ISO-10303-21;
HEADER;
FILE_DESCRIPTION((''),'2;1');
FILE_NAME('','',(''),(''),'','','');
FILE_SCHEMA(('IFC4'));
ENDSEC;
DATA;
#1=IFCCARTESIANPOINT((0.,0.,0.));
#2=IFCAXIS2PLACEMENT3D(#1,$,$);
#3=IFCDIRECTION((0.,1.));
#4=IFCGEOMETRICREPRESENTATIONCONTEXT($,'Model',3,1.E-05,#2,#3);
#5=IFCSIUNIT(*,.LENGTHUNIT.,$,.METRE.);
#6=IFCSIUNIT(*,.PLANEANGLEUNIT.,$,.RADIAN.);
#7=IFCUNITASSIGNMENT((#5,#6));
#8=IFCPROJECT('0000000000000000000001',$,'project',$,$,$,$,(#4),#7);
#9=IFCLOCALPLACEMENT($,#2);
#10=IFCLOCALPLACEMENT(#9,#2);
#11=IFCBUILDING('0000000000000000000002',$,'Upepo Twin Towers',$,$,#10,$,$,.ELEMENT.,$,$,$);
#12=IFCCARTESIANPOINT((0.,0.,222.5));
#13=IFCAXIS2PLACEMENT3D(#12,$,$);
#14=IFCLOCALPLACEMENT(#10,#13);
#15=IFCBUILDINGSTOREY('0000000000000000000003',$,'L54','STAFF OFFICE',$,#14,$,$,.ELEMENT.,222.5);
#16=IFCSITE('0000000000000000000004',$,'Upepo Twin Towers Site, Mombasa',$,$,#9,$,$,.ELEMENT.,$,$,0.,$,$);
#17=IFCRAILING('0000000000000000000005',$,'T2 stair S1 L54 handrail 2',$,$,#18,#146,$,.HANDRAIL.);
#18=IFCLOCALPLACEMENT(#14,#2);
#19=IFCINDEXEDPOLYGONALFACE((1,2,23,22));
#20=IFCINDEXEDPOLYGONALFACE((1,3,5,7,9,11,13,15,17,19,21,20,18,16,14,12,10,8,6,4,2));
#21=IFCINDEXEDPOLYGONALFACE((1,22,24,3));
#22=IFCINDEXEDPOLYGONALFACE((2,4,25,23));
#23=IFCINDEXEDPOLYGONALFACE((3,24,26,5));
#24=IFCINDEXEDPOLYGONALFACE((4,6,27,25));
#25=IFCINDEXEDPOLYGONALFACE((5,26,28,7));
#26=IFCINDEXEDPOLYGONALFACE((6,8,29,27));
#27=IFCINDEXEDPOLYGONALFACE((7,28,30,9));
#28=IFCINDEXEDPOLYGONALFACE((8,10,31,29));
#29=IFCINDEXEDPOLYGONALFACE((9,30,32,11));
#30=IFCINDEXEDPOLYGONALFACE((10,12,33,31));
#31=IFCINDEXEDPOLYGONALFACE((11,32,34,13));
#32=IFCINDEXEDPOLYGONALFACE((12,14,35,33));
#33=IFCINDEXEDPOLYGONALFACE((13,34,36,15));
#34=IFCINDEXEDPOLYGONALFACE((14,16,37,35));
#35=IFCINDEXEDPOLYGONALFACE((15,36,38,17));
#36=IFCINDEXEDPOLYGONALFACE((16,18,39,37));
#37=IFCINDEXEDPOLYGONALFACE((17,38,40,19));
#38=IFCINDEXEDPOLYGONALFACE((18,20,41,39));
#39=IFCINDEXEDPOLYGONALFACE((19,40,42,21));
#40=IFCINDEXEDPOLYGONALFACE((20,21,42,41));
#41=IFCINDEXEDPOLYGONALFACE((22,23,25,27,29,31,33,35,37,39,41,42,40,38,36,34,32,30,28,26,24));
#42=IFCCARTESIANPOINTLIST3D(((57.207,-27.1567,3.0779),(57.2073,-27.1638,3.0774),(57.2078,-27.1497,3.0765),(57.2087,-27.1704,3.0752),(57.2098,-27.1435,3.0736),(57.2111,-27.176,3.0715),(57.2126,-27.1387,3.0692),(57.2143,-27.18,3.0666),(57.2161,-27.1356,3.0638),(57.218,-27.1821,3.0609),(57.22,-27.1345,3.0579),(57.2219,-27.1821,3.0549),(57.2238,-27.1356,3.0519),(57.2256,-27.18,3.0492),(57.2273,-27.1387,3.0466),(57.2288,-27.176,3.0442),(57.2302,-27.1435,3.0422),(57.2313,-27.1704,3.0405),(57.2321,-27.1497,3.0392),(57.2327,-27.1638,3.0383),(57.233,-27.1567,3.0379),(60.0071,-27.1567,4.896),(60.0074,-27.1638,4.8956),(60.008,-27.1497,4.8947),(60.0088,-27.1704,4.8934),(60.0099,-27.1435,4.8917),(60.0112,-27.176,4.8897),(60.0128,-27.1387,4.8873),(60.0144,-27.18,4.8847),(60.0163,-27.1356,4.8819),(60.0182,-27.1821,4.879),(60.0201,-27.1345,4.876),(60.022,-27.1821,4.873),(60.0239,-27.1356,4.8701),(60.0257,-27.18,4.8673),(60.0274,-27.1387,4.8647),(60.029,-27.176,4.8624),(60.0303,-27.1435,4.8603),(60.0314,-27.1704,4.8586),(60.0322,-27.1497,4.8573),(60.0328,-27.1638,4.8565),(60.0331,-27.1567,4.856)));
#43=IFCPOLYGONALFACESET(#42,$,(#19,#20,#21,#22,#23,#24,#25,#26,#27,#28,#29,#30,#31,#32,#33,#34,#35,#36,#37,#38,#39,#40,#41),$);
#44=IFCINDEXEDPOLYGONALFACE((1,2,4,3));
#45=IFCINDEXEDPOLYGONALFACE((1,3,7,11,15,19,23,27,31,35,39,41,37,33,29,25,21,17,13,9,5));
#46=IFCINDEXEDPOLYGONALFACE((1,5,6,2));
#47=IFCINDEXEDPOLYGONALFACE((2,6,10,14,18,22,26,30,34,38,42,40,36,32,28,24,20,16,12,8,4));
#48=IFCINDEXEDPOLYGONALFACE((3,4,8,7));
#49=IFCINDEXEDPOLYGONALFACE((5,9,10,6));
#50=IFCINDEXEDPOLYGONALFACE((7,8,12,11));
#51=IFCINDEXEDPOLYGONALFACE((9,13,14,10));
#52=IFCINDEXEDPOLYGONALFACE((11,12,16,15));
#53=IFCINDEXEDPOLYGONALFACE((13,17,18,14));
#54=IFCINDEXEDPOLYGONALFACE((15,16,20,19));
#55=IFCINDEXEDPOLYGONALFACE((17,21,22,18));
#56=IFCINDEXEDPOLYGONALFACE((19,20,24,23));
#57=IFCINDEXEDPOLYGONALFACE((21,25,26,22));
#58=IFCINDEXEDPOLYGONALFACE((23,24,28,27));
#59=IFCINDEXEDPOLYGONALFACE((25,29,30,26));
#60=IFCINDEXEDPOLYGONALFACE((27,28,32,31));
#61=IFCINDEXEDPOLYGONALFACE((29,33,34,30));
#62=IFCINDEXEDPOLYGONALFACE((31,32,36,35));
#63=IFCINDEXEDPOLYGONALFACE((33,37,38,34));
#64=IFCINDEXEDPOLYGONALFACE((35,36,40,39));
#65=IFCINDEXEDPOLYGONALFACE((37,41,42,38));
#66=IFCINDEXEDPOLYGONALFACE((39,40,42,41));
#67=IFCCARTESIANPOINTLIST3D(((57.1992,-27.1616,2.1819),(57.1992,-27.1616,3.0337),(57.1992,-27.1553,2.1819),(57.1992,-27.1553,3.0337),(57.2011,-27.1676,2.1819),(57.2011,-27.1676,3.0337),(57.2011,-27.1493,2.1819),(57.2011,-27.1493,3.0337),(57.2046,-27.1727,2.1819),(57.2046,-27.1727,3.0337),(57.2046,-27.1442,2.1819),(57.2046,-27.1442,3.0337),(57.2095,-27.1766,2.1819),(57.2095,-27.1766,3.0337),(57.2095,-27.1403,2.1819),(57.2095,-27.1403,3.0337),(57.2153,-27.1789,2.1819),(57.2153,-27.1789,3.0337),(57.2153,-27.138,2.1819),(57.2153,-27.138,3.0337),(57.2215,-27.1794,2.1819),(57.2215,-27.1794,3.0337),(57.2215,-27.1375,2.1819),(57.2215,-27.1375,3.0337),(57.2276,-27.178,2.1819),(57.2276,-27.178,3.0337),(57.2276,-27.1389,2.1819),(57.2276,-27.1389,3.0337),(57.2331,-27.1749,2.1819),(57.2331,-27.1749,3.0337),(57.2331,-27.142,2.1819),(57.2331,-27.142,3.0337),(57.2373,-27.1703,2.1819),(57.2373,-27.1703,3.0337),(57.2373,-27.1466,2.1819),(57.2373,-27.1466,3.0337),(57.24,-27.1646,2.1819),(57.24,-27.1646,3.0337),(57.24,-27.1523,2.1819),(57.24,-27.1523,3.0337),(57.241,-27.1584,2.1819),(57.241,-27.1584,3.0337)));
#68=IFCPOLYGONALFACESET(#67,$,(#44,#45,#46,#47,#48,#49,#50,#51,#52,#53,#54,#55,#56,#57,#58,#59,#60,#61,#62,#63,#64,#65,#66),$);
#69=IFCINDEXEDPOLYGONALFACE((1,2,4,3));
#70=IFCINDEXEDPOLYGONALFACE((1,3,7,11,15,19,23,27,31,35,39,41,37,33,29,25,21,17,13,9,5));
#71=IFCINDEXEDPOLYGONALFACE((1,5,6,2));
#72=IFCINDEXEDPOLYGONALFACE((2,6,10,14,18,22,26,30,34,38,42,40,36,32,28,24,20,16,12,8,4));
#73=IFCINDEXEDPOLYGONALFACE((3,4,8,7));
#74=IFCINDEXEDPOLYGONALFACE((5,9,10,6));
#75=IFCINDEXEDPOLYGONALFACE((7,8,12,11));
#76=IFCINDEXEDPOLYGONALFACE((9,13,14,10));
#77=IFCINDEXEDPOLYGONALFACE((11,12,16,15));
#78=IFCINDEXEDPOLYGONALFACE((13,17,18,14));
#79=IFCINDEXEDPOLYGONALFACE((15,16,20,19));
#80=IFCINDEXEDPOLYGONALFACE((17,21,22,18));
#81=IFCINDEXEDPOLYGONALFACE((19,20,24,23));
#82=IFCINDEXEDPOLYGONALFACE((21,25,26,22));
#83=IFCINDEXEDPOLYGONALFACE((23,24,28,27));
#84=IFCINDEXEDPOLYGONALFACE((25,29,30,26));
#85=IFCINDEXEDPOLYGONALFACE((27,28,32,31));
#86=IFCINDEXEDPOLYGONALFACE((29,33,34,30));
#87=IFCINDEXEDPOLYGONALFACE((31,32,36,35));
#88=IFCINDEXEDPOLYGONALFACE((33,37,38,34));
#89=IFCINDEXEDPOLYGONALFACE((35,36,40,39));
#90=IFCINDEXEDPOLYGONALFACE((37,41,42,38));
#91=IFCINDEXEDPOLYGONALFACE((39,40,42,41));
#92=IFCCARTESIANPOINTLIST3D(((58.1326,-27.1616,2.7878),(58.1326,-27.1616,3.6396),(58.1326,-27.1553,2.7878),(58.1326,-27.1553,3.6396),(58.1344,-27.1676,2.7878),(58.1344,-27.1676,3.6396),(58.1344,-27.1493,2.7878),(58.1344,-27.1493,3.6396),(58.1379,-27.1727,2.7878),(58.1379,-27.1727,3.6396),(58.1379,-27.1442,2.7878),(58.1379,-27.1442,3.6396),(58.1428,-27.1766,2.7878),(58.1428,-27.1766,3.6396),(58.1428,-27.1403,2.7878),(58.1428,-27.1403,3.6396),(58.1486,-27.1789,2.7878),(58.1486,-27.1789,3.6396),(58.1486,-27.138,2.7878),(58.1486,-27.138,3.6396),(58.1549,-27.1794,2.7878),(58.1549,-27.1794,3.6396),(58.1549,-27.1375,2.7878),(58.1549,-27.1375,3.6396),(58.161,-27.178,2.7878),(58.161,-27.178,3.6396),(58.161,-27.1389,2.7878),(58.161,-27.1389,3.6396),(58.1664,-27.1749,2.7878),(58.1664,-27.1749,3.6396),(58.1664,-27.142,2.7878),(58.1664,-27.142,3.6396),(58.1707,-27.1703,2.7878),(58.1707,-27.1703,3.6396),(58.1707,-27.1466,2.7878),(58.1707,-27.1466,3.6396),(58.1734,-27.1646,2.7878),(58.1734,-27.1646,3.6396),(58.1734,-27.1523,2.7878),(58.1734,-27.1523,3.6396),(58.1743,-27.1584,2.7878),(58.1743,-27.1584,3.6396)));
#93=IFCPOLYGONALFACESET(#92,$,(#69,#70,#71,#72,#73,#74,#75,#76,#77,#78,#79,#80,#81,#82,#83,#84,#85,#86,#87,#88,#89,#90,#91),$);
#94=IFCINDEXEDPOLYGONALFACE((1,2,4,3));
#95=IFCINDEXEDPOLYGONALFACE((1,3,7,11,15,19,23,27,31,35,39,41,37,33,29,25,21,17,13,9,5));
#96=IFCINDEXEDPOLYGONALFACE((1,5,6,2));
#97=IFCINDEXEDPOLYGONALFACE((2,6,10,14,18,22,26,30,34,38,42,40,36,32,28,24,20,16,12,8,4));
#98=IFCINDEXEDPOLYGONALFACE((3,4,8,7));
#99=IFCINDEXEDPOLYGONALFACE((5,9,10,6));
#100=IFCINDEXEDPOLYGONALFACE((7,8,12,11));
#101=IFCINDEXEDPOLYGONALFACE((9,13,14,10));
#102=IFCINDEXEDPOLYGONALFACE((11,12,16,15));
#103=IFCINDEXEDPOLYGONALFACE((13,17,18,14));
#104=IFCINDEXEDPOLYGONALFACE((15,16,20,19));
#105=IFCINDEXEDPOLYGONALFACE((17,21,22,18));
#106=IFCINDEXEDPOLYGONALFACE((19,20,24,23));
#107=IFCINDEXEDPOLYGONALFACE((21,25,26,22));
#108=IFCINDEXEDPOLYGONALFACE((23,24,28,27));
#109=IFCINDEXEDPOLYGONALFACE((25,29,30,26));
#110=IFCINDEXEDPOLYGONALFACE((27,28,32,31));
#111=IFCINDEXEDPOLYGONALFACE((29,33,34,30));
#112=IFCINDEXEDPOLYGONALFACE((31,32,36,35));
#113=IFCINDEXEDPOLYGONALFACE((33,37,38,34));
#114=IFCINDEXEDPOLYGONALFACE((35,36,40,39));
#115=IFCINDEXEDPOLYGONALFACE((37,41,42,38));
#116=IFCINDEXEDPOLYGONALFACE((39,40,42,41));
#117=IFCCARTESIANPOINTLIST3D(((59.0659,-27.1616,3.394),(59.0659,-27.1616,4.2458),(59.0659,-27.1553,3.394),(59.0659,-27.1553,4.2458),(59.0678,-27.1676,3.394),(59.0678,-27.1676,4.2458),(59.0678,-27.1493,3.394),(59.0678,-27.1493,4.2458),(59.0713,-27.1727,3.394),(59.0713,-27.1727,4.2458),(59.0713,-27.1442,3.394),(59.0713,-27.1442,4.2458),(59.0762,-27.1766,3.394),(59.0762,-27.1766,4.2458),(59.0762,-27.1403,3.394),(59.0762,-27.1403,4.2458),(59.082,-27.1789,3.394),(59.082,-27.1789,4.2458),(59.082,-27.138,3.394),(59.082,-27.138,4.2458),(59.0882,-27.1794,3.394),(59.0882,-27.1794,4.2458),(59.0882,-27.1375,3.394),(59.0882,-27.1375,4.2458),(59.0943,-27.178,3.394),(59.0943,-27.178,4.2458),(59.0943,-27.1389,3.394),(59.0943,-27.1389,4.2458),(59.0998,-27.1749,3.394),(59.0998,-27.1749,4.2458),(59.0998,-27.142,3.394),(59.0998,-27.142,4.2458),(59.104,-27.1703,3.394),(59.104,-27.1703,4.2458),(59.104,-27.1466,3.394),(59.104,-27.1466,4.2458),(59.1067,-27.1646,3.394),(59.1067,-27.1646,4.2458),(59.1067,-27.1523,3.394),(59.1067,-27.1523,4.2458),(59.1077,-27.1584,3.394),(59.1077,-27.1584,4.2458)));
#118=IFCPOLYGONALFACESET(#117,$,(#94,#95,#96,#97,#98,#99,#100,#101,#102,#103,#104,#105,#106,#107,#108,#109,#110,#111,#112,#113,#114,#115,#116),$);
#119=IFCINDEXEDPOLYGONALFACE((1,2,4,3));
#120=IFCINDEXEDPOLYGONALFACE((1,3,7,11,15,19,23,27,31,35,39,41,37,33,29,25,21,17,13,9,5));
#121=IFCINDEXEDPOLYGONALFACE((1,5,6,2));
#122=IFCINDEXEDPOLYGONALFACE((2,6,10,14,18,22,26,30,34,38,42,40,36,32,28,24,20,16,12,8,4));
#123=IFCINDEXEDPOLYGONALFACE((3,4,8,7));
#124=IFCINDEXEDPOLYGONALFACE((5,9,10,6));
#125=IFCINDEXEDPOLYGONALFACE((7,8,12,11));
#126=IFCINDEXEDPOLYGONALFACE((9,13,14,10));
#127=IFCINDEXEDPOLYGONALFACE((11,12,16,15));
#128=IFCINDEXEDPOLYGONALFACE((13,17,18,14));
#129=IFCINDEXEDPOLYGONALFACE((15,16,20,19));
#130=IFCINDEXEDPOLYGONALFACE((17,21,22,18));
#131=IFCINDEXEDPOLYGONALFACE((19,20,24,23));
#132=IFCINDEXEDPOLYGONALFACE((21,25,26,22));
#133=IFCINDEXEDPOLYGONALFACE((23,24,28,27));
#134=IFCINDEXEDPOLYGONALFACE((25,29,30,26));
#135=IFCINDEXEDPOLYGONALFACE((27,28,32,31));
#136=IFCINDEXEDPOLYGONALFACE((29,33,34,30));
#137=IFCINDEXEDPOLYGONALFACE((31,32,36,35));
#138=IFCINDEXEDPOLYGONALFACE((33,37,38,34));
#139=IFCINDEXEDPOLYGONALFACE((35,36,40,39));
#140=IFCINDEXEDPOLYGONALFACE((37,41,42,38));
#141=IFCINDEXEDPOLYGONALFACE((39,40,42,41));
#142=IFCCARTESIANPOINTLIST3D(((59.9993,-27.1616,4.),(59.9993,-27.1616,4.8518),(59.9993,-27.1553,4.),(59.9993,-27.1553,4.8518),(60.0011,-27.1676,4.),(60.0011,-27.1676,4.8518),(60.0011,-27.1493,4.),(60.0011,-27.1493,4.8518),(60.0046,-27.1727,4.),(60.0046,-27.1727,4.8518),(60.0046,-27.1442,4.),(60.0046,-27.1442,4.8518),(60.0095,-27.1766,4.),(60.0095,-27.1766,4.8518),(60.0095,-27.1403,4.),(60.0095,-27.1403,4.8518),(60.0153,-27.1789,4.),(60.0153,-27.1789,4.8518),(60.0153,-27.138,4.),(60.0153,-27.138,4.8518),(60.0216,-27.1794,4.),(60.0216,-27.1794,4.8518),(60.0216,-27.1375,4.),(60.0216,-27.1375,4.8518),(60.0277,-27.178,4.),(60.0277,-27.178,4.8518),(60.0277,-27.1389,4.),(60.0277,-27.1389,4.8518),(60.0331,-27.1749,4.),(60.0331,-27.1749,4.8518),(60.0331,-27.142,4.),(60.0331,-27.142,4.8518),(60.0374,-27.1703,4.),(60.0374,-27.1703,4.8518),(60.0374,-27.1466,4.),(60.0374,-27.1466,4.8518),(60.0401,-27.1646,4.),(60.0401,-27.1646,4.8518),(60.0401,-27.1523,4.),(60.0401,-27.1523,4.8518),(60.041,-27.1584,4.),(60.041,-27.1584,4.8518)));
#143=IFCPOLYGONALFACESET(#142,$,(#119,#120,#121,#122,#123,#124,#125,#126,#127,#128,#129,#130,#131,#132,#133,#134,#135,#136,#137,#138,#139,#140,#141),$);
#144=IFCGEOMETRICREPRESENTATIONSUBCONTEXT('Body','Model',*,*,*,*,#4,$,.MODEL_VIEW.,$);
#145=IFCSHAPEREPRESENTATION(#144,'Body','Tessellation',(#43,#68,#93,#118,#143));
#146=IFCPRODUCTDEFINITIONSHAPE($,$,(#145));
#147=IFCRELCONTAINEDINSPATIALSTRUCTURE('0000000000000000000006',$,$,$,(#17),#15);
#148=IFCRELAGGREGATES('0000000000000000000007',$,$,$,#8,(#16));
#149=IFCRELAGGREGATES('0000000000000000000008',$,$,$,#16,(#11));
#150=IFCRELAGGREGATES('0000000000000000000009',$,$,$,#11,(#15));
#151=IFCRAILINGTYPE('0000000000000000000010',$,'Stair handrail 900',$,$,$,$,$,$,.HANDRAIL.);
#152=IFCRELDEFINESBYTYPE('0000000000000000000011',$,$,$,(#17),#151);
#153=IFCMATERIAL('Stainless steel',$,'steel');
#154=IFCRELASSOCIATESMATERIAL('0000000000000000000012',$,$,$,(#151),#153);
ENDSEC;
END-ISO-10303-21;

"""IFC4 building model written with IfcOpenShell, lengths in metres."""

from ifc_helpers import new_model, si_unit, direction, frame, origin, origin_2d, place, context, subcontext, project, spatial, circle, extrude, material, type_object, element, save


model = new_model("IFC4")

# Units and contexts
model_context = context("Model", 3, precision=1e-05, world=origin(), true_north=direction((0.0, 1.0)))
body_context = subcontext(model_context, "Body", "Model", "MODEL_VIEW")
ifc_project = project(units=[si_unit("LENGTHUNIT", "METRE"), si_unit("PLANEANGLEUNIT", "RADIAN")], contexts=[model_context])

# Site, building, storey
site_placement = place(None, origin())
site = spatial("IfcSite", under=ifc_project, at=site_placement, Name="Upepo Twin Towers Site, Mombasa", CompositionType="ELEMENT", RefElevation=0.0)
building_placement = place(site_placement, origin())
building = spatial("IfcBuilding", under=site, at=building_placement, Name="Upepo Twin Towers", CompositionType="ELEMENT")
storey_placement = place(building_placement, frame((0.0, 0.0, 222.5)))
storey = spatial("IfcBuildingStorey", under=building, at=storey_placement, Name="L54", Description="STAFF OFFICE", CompositionType="ELEMENT", Elevation=222.5)

# Railing
ifc_material_1 = material(Name="Stainless steel", Category="steel")
railing_type = type_object("IfcRailingType", Name="Stair handrail 900", PredefinedType="HANDRAIL", material=ifc_material_1)
railing_1_placement = place(storey_placement, frame((57.22, -27.1584, 2.1819)))
element("IfcRailing", 1, at=railing_1_placement, inside=storey, type_object=railing_type, Name="T2 stair S1 L54 handrail 2", PredefinedType="HANDRAIL", context=body_context, shape_type="SweptSolid", body=[
    extrude(circle(Radius=0.0239, at=origin_2d()), frame((0.0, 0.0, 0.876), z_axis=(0.838706, 0.0, 0.544585), x_axis=(0.0, 1.0, 0.0)), (0.0, 0.0, 1.0), 3.3386),
    extrude(circle(Radius=0.021, at=origin_2d()), origin(), (0.0, 0.0, 1.0), 0.8518),
    extrude(circle(Radius=0.021, at=origin_2d()), frame((0.9333, 0.0, 0.606)), (0.0, 0.0, 1.0), 0.8518),
    extrude(circle(Radius=0.021, at=origin_2d()), frame((1.8667, 0.0, 1.2122)), (0.0, 0.0, 1.0), 0.8518),
    extrude(circle(Radius=0.021, at=origin_2d()), frame((2.8, 0.0, 1.8181)), (0.0, 0.0, 1.0), 0.8518),
])

save(model, "model.ifc")
